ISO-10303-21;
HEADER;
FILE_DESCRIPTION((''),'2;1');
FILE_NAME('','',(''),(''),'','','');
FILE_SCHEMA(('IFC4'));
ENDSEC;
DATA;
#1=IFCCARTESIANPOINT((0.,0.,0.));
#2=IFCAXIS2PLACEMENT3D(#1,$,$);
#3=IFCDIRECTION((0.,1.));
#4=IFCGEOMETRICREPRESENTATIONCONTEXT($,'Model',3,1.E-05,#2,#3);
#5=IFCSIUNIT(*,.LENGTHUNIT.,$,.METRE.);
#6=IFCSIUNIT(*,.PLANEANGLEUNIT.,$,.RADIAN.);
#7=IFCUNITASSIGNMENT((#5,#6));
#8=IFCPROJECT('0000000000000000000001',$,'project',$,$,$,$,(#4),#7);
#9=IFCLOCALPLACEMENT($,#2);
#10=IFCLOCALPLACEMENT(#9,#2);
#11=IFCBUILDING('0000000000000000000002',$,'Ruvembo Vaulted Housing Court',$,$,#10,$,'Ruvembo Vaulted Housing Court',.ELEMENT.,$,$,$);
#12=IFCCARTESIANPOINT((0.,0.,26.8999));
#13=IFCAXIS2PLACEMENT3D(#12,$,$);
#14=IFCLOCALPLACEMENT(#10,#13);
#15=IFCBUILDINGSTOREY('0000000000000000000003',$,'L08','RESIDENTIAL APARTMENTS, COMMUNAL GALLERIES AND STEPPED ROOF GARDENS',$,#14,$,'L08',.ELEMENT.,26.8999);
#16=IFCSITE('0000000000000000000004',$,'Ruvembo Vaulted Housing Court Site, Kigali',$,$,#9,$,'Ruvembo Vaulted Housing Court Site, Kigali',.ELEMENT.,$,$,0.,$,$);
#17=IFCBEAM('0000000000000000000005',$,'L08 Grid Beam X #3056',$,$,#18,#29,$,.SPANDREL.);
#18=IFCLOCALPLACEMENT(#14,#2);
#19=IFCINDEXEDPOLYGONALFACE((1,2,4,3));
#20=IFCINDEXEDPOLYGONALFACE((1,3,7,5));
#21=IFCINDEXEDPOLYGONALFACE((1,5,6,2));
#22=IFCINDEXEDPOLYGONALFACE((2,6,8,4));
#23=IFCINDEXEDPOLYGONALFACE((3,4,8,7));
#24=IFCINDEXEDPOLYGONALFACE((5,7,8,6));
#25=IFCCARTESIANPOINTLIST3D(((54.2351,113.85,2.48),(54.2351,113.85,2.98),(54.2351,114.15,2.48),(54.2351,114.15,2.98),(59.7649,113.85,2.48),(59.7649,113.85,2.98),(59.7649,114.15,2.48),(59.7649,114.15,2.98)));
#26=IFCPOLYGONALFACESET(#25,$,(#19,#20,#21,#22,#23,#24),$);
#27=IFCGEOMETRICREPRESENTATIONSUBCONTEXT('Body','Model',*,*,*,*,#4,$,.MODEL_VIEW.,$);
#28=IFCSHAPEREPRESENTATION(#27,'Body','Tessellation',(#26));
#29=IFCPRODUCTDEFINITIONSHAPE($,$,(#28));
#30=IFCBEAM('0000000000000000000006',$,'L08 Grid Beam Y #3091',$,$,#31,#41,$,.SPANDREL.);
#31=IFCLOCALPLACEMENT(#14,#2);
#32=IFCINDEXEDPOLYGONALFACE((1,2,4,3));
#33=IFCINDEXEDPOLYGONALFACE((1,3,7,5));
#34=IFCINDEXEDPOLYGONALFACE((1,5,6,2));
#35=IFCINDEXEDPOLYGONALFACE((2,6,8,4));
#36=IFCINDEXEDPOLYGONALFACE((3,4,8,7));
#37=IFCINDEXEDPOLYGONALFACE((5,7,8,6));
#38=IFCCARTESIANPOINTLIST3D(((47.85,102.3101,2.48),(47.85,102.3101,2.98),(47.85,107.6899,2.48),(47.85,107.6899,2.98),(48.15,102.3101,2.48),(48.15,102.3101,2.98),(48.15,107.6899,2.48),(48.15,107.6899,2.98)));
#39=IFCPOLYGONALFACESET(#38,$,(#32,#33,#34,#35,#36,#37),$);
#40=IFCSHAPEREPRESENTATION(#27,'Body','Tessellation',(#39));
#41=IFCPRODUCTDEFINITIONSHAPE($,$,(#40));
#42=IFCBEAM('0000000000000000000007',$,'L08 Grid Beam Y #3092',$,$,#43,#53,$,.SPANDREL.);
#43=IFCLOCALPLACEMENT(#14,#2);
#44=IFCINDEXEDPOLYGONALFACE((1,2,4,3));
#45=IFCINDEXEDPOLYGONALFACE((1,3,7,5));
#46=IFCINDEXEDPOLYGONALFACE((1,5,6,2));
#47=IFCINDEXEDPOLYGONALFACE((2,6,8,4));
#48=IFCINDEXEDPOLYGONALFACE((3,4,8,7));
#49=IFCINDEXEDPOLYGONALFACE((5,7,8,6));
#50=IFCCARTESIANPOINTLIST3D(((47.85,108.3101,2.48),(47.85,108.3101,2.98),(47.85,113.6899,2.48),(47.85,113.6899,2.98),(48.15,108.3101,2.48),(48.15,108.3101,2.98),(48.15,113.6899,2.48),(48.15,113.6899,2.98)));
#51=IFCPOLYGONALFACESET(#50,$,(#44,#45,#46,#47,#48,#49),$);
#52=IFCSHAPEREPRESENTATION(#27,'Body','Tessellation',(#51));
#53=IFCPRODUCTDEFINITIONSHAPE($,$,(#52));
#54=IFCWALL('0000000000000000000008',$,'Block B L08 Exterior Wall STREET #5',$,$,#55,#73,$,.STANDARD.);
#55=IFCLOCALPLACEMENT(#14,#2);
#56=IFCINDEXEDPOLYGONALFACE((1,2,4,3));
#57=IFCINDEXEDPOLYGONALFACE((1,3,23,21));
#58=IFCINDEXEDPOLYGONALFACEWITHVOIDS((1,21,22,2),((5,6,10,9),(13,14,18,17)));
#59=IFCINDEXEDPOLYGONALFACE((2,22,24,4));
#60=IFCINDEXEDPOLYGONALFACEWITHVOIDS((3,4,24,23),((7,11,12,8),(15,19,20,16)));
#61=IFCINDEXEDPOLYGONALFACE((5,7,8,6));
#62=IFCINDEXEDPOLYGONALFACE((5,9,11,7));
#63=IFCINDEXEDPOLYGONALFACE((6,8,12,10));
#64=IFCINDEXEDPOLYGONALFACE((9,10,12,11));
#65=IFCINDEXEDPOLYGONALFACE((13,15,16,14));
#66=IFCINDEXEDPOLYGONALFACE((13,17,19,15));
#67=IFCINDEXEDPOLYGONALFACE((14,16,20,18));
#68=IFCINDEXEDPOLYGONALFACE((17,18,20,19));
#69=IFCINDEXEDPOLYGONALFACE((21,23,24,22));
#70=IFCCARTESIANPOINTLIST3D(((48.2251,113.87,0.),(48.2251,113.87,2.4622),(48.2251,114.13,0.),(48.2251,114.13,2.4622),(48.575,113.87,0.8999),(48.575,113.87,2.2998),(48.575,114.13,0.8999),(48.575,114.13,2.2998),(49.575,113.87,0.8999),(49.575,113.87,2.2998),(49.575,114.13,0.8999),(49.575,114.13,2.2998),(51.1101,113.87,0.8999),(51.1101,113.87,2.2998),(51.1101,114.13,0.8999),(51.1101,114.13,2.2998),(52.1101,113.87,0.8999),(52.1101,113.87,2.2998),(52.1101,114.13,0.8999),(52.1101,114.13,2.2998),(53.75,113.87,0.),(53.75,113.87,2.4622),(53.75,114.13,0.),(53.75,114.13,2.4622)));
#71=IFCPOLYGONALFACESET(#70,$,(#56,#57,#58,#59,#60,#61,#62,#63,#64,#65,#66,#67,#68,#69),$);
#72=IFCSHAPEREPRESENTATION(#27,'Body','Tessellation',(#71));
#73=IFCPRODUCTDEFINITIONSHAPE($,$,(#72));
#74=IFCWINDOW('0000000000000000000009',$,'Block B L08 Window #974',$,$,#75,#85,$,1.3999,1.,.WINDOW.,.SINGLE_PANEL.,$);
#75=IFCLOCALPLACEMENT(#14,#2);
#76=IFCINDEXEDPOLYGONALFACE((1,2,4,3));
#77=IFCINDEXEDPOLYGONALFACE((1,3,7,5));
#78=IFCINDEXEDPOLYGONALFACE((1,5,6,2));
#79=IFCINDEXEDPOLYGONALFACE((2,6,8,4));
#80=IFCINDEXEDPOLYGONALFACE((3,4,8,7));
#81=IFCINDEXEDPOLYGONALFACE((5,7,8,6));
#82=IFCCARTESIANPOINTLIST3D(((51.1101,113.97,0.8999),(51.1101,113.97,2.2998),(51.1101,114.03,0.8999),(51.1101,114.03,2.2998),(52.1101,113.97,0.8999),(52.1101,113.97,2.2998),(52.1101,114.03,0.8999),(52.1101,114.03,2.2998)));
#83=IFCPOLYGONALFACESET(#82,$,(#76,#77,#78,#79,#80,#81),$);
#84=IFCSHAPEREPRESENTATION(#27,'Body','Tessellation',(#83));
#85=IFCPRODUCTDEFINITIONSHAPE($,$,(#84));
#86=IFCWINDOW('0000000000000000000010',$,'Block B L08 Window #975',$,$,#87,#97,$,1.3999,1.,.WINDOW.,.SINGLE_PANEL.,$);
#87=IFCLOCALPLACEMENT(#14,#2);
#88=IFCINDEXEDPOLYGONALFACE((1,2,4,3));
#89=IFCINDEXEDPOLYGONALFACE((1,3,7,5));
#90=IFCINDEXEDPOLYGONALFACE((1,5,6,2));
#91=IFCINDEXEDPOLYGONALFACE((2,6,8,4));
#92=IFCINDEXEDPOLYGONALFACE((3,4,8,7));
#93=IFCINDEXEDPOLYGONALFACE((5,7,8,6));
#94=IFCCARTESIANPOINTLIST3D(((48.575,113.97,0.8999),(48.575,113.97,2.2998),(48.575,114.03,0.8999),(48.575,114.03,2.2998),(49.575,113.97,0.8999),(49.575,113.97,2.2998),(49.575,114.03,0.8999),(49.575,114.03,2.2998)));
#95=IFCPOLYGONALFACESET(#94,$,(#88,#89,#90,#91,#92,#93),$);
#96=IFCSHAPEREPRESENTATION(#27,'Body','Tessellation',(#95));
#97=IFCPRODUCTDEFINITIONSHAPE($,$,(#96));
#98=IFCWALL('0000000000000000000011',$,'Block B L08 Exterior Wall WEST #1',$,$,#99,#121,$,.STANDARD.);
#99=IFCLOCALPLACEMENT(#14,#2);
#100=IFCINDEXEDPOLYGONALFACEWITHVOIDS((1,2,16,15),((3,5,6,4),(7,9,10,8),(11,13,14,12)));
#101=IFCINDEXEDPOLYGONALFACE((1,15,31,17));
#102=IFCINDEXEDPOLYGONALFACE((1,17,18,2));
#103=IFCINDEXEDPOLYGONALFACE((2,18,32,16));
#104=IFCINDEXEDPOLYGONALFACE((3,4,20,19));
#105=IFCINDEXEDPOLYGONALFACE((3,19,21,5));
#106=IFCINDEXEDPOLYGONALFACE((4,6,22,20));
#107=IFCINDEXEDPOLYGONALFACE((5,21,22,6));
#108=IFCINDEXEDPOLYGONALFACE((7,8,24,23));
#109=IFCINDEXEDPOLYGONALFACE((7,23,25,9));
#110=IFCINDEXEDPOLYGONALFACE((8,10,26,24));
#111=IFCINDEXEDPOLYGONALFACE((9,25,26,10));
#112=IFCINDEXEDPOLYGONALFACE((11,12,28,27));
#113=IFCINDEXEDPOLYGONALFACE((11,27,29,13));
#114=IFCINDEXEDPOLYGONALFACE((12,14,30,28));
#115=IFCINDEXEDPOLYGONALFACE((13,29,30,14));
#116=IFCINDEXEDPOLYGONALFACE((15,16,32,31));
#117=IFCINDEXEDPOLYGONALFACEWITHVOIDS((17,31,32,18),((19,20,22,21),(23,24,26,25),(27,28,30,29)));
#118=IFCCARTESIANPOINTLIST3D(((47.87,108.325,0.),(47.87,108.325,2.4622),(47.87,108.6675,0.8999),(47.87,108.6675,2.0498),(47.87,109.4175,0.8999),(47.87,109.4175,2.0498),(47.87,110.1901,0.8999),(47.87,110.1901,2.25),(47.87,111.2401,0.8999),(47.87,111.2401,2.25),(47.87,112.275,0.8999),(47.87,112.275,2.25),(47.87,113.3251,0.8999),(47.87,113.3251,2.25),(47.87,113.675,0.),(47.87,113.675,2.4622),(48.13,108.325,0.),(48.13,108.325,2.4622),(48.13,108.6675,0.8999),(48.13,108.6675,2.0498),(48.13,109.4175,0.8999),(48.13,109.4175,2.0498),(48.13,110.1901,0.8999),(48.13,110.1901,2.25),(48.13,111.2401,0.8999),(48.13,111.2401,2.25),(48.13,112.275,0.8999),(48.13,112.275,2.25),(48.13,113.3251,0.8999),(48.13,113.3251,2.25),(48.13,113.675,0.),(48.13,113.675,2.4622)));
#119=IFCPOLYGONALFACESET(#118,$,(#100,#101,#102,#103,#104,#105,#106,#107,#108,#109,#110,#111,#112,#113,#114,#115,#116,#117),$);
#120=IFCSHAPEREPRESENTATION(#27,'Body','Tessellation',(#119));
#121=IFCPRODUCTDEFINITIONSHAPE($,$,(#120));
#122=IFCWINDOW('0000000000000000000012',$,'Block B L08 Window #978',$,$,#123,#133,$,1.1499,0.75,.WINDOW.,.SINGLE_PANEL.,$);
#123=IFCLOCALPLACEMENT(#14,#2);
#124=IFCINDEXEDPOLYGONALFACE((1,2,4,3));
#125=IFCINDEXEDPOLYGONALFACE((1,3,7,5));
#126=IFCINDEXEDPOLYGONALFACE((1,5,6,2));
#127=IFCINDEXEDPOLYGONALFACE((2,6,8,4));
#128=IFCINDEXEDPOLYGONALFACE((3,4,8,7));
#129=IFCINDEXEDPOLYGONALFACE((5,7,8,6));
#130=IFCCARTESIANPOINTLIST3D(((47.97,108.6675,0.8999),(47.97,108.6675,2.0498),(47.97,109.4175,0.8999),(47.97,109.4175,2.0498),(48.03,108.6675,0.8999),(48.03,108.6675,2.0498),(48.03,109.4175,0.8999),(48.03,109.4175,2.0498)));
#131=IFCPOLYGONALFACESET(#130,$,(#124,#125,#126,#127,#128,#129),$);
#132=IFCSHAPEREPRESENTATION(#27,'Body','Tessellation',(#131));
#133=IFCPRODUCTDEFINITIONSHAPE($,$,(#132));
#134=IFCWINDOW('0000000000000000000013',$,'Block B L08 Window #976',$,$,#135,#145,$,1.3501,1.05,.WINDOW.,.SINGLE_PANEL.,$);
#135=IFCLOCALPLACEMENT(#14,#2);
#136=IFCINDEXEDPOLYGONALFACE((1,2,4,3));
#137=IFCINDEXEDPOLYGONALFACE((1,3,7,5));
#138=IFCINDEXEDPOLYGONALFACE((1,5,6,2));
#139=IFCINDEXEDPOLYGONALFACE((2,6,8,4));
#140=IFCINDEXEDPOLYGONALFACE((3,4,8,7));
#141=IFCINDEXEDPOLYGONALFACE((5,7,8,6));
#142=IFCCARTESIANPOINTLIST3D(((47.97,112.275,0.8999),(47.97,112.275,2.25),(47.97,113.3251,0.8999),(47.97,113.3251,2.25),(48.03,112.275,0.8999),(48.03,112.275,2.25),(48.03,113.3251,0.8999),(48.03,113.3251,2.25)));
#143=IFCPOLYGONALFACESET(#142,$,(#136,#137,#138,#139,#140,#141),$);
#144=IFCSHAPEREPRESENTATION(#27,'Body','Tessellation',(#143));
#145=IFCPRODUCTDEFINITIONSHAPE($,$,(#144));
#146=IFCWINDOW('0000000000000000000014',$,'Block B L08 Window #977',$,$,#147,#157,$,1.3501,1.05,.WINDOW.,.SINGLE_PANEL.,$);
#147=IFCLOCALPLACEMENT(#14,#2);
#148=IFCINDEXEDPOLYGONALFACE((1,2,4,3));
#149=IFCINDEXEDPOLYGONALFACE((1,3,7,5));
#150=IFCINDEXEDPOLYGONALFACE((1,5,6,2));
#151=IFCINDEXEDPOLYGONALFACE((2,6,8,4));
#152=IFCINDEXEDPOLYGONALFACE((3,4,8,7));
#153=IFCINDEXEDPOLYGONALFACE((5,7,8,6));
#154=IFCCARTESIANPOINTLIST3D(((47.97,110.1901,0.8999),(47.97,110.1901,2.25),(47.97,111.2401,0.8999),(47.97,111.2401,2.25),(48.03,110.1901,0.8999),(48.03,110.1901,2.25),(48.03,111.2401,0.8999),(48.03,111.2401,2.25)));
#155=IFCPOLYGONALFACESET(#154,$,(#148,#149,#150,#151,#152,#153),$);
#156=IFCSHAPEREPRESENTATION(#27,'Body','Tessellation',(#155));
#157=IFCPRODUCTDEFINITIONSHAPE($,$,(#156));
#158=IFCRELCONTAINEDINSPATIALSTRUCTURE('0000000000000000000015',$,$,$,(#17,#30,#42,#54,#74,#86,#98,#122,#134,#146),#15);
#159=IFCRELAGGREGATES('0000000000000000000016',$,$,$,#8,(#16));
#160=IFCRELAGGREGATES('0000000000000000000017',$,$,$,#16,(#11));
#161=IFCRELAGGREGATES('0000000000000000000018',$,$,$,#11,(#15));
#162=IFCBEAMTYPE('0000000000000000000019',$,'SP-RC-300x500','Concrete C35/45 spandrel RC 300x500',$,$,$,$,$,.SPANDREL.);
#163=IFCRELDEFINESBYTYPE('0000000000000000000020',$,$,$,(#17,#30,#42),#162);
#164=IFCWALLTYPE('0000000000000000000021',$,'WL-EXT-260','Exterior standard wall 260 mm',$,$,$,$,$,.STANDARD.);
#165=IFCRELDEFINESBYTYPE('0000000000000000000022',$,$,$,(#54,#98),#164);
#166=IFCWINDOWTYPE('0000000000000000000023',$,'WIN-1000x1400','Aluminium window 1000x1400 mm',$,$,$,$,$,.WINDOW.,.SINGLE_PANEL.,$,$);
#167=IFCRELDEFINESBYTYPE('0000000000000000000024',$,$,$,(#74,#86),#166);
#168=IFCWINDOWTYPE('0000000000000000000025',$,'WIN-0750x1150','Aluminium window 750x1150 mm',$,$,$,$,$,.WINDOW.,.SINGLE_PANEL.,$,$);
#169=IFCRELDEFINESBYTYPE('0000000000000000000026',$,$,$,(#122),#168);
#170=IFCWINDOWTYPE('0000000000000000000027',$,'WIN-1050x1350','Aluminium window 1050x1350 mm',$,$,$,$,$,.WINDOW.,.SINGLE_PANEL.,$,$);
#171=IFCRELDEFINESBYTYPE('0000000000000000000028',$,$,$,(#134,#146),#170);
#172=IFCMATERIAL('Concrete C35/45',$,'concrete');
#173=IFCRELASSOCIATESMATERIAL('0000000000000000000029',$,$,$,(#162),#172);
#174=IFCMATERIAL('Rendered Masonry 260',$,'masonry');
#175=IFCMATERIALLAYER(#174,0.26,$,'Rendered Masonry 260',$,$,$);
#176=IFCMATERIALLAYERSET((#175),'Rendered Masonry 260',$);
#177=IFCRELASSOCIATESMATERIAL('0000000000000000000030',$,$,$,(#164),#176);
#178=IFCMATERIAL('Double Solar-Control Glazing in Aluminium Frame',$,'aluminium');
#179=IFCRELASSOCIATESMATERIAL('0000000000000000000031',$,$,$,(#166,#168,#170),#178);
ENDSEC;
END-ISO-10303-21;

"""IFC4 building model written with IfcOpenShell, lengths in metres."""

from ifc_helpers import new_model, si_unit, direction, frame, frame_2d, origin, origin_2d, place, context, subcontext, project, spatial, rectangle, extrude, material, layer, layer_set, material_profile, profile_set, type_object, element, fill, save


model = new_model("IFC4")

# Units and contexts
model_context = context("Model", 3, precision=1e-05, world=origin(), true_north=direction((0.0, 1.0)))
body_context = subcontext(model_context, "Body", "Model", "MODEL_VIEW")
ifc_project = project(units=[si_unit("LENGTHUNIT", "METRE"), si_unit("PLANEANGLEUNIT", "RADIAN")], contexts=[model_context])

# Site, building, storey
site_placement = place(None, origin())
site = spatial("IfcSite", under=ifc_project, at=site_placement, Name="Ruvembo Vaulted Housing Court Site, Kigali", LongName="Ruvembo Vaulted Housing Court Site, Kigali", CompositionType="ELEMENT", RefElevation=0.0)
building_placement = place(site_placement, origin())
building = spatial("IfcBuilding", under=site, at=building_placement, Name="Ruvembo Vaulted Housing Court", LongName="Ruvembo Vaulted Housing Court", CompositionType="ELEMENT")
storey_placement = place(building_placement, frame((0.0, 0.0, 26.8999)))
storey = spatial("IfcBuildingStorey", under=building, at=storey_placement, Name="L08", Description="RESIDENTIAL APARTMENTS, COMMUNAL GALLERIES AND STEPPED ROOF GARDENS", LongName="L08", CompositionType="ELEMENT", Elevation=26.8999)

# Shared definitions
ifc_material_1 = material(Name="Concrete C35/45", Category="concrete")

# Beams
ifc_material_profile_1 = material_profile(ifc_material_1, rectangle(XDim=0.3, YDim=0.5, at=origin_2d()), Name="RC 300x500")
ifc_profile_set_1 = profile_set([ifc_material_profile_1], Name="Concrete C35/45")
beam_type_1 = type_object("IfcBeamType", Name="SP-RC-300x500", Description="Concrete C35/45 spandrel RC 300x500", PredefinedType="SPANDREL", material=ifc_profile_set_1)
beam_1_placement = place(storey_placement, frame((54.2351, 114.0, 2.73), z_axis=(1.0, 0.0, 0.0), x_axis=(0.0, 1.0, 0.0)))
element("IfcBeam", 1, at=beam_1_placement, inside=storey, type_object=beam_type_1, Name="L08 Grid Beam X #3056", PredefinedType="SPANDREL", context=body_context, shape_type="SweptSolid", body=[
    extrude(rectangle(XDim=0.3, YDim=0.5, at=origin_2d()), origin(), (0.0, 0.0, 1.0), 5.5298),
])
for number, where, z_axis, x_axis, name in (
    (2, (48.0, 102.3101, 2.73), (0.0, 1.0, 0.0), (-1.0, 0.0, 0.0), "L08 Grid Beam Y #3091"),
    (3, (48.0, 108.3101, 2.73), (0.0, 1.0, 0.0), (-1.0, 0.0, 0.0), "L08 Grid Beam Y #3092"),
):
    element("IfcBeam", number, at=place(storey_placement, frame(where, z_axis=z_axis, x_axis=x_axis)), inside=storey, type_object=beam_type_1, Name=name, PredefinedType="SPANDREL", context=body_context, shape_type="SweptSolid", body=[
        extrude(rectangle(XDim=0.3, YDim=0.5, at=origin_2d()), origin(), (0.0, 0.0, 1.0), 5.3799),
    ])

# Walls, openings, windows
ifc_material_2 = material(Name="Rendered Masonry 260", Category="masonry")
ifc_layer_1 = layer(ifc_material_2, 0.26, Name="Rendered Masonry 260")
ifc_layer_set_1 = layer_set([ifc_layer_1], Name="Rendered Masonry 260")
wall_type_1 = type_object("IfcWallType", Name="WL-EXT-260", Description="Exterior standard wall 260 mm", PredefinedType="STANDARD", material=ifc_layer_set_1)
wall_1_placement = place(storey_placement, frame((53.75, 114.0, 0.0), z_axis=(0.0, 0.0, 1.0), x_axis=(-1.0, 0.0, 0.0)))
wall_1 = element("IfcWall", 4, at=wall_1_placement, inside=storey, type_object=wall_type_1, Name="Block B L08 Exterior Wall STREET #5", PredefinedType="STANDARD", context=body_context, shape_type="SweptSolid", body=[
    extrude(rectangle(XDim=5.5249, YDim=0.26, at=frame_2d((2.7625, 0.0))), origin(), (0.0, 0.0, 1.0), 2.4622),
])
opening_1_placement = place(wall_1_placement, frame((1.6399, 0.0, 0.8999)))
opening_1 = element("IfcOpeningElement", 5, at=opening_1_placement, cuts=wall_1, PredefinedType="OPENING", context=body_context, shape_type="SweptSolid", body=[
    extrude(rectangle(XDim=1.0, YDim=1.3999, at=frame_2d((0.5, 0.7))), frame((0.0, 0.1399, 0.0), z_axis=(0.0, -1.0, 0.0), x_axis=(1.0, 0.0, 0.0)), (0.0, 0.0, 1.0), 0.28),
])
opening_2_placement = place(wall_1_placement, frame((4.175, 0.0, 0.8999)))
opening_2 = element("IfcOpeningElement", 6, at=opening_2_placement, cuts=wall_1, PredefinedType="OPENING", context=body_context, shape_type="SweptSolid", body=[
    extrude(rectangle(XDim=1.0, YDim=1.3999, at=frame_2d((0.5, 0.7))), frame((0.0, 0.1399, 0.0), z_axis=(0.0, -1.0, 0.0), x_axis=(1.0, 0.0, 0.0)), (0.0, 0.0, 1.0), 0.28),
])
ifc_material_3 = material(Name="Double Solar-Control Glazing in Aluminium Frame", Category="aluminium")
window_type_1 = type_object("IfcWindowType", Name="WIN-1000x1400", Description="Aluminium window 1000x1400 mm", PartitioningType="SINGLE_PANEL", PredefinedType="WINDOW", material=ifc_material_3)
window_1_placement = place(opening_1_placement, origin())
window_1 = element("IfcWindow", 7, at=window_1_placement, inside=storey, type_object=window_type_1, Name="Block B L08 Window #974", OverallHeight=1.3999, OverallWidth=1.0, PartitioningType="SINGLE_PANEL", PredefinedType="WINDOW", context=body_context, shape_type="SweptSolid", body=[
    extrude(rectangle(XDim=1.0, YDim=1.3999, at=frame_2d((0.5, 0.7))), frame((0.0, 0.03, 0.0), z_axis=(0.0, -1.0, 0.0), x_axis=(1.0, 0.0, 0.0)), (0.0, 0.0, 1.0), 0.0601),
])
fill(opening_1, window_1)
window_2_placement = place(opening_2_placement, origin())
window_2 = element("IfcWindow", 8, at=window_2_placement, inside=storey, type_object=window_type_1, Name="Block B L08 Window #975", OverallHeight=1.3999, OverallWidth=1.0, PartitioningType="SINGLE_PANEL", PredefinedType="WINDOW", context=body_context, shape_type="SweptSolid", body=[
    extrude(rectangle(XDim=1.0, YDim=1.3999, at=frame_2d((0.5, 0.7))), frame((0.0, 0.03, 0.0), z_axis=(0.0, -1.0, 0.0), x_axis=(1.0, 0.0, 0.0)), (0.0, 0.0, 1.0), 0.0601),
])
fill(opening_2, window_2)
wall_2_placement = place(storey_placement, frame((48.0, 113.675, 0.0), z_axis=(0.0, 0.0, 1.0), x_axis=(0.0, -1.0, 0.0)))
wall_2 = element("IfcWall", 9, at=wall_2_placement, inside=storey, type_object=wall_type_1, Name="Block B L08 Exterior Wall WEST #1", PredefinedType="STANDARD", context=body_context, shape_type="SweptSolid", body=[
    extrude(rectangle(XDim=5.3501, YDim=0.26, at=frame_2d((2.675, 0.0))), origin(), (0.0, 0.0, 1.0), 2.4622),
])
opening_3_placement = place(wall_2_placement, frame((0.3501, 0.0, 0.8999)))
opening_3 = element("IfcOpeningElement", 10, at=opening_3_placement, cuts=wall_2, PredefinedType="OPENING", context=body_context, shape_type="SweptSolid", body=[
    extrude(rectangle(XDim=1.05, YDim=1.3501, at=frame_2d((0.5249, 0.675))), frame((0.0, 0.1399, 0.0), z_axis=(0.0, -1.0, 0.0), x_axis=(1.0, 0.0, 0.0)), (0.0, 0.0, 1.0), 0.28),
])
opening_4_placement = place(wall_2_placement, frame((2.4351, 0.0, 0.8999)))
opening_4 = element("IfcOpeningElement", 11, at=opening_4_placement, cuts=wall_2, PredefinedType="OPENING", context=body_context, shape_type="SweptSolid", body=[
    extrude(rectangle(XDim=1.05, YDim=1.3501, at=frame_2d((0.5249, 0.675))), frame((0.0, 0.1399, 0.0), z_axis=(0.0, -1.0, 0.0), x_axis=(1.0, 0.0, 0.0)), (0.0, 0.0, 1.0), 0.28),
])
opening_5_placement = place(wall_2_placement, frame((4.2576, 0.0, 0.8999)))
opening_5 = element("IfcOpeningElement", 12, at=opening_5_placement, cuts=wall_2, PredefinedType="OPENING", context=body_context, shape_type="SweptSolid", body=[
    extrude(rectangle(XDim=0.75, YDim=1.1499, at=frame_2d((0.375, 0.575))), frame((0.0, 0.1399, 0.0), z_axis=(0.0, -1.0, 0.0), x_axis=(1.0, 0.0, 0.0)), (0.0, 0.0, 1.0), 0.28),
])
window_type_2 = type_object("IfcWindowType", Name="WIN-0750x1150", Description="Aluminium window 750x1150 mm", PartitioningType="SINGLE_PANEL", PredefinedType="WINDOW", material=ifc_material_3)
window_3_placement = place(opening_5_placement, origin())
window_3 = element("IfcWindow", 13, at=window_3_placement, inside=storey, type_object=window_type_2, Name="Block B L08 Window #978", OverallHeight=1.1499, OverallWidth=0.75, PartitioningType="SINGLE_PANEL", PredefinedType="WINDOW", context=body_context, shape_type="SweptSolid", body=[
    extrude(rectangle(XDim=0.75, YDim=1.1499, at=frame_2d((0.375, 0.575))), frame((0.0, 0.03, 0.0), z_axis=(0.0, -1.0, 0.0), x_axis=(1.0, 0.0, 0.0)), (0.0, 0.0, 1.0), 0.0601),
])
fill(opening_5, window_3)
window_type_3 = type_object("IfcWindowType", Name="WIN-1050x1350", Description="Aluminium window 1050x1350 mm", PartitioningType="SINGLE_PANEL", PredefinedType="WINDOW", material=ifc_material_3)
window_4_placement = place(opening_3_placement, origin())
window_4 = element("IfcWindow", 14, at=window_4_placement, inside=storey, type_object=window_type_3, Name="Block B L08 Window #976", OverallHeight=1.3501, OverallWidth=1.05, PartitioningType="SINGLE_PANEL", PredefinedType="WINDOW", context=body_context, shape_type="SweptSolid", body=[
    extrude(rectangle(XDim=1.05, YDim=1.3501, at=frame_2d((0.5249, 0.675))), frame((0.0, 0.03, 0.0), z_axis=(0.0, -1.0, 0.0), x_axis=(1.0, 0.0, 0.0)), (0.0, 0.0, 1.0), 0.0601),
])
fill(opening_3, window_4)
window_5_placement = place(opening_4_placement, origin())
window_5 = element("IfcWindow", 15, at=window_5_placement, inside=storey, type_object=window_type_3, Name="Block B L08 Window #977", OverallHeight=1.3501, OverallWidth=1.05, PartitioningType="SINGLE_PANEL", PredefinedType="WINDOW", context=body_context, shape_type="SweptSolid", body=[
    extrude(rectangle(XDim=1.05, YDim=1.3501, at=frame_2d((0.5249, 0.675))), frame((0.0, 0.03, 0.0), z_axis=(0.0, -1.0, 0.0), x_axis=(1.0, 0.0, 0.0)), (0.0, 0.0, 1.0), 0.0601),
])
fill(opening_4, window_5)

save(model, "model.ifc")
